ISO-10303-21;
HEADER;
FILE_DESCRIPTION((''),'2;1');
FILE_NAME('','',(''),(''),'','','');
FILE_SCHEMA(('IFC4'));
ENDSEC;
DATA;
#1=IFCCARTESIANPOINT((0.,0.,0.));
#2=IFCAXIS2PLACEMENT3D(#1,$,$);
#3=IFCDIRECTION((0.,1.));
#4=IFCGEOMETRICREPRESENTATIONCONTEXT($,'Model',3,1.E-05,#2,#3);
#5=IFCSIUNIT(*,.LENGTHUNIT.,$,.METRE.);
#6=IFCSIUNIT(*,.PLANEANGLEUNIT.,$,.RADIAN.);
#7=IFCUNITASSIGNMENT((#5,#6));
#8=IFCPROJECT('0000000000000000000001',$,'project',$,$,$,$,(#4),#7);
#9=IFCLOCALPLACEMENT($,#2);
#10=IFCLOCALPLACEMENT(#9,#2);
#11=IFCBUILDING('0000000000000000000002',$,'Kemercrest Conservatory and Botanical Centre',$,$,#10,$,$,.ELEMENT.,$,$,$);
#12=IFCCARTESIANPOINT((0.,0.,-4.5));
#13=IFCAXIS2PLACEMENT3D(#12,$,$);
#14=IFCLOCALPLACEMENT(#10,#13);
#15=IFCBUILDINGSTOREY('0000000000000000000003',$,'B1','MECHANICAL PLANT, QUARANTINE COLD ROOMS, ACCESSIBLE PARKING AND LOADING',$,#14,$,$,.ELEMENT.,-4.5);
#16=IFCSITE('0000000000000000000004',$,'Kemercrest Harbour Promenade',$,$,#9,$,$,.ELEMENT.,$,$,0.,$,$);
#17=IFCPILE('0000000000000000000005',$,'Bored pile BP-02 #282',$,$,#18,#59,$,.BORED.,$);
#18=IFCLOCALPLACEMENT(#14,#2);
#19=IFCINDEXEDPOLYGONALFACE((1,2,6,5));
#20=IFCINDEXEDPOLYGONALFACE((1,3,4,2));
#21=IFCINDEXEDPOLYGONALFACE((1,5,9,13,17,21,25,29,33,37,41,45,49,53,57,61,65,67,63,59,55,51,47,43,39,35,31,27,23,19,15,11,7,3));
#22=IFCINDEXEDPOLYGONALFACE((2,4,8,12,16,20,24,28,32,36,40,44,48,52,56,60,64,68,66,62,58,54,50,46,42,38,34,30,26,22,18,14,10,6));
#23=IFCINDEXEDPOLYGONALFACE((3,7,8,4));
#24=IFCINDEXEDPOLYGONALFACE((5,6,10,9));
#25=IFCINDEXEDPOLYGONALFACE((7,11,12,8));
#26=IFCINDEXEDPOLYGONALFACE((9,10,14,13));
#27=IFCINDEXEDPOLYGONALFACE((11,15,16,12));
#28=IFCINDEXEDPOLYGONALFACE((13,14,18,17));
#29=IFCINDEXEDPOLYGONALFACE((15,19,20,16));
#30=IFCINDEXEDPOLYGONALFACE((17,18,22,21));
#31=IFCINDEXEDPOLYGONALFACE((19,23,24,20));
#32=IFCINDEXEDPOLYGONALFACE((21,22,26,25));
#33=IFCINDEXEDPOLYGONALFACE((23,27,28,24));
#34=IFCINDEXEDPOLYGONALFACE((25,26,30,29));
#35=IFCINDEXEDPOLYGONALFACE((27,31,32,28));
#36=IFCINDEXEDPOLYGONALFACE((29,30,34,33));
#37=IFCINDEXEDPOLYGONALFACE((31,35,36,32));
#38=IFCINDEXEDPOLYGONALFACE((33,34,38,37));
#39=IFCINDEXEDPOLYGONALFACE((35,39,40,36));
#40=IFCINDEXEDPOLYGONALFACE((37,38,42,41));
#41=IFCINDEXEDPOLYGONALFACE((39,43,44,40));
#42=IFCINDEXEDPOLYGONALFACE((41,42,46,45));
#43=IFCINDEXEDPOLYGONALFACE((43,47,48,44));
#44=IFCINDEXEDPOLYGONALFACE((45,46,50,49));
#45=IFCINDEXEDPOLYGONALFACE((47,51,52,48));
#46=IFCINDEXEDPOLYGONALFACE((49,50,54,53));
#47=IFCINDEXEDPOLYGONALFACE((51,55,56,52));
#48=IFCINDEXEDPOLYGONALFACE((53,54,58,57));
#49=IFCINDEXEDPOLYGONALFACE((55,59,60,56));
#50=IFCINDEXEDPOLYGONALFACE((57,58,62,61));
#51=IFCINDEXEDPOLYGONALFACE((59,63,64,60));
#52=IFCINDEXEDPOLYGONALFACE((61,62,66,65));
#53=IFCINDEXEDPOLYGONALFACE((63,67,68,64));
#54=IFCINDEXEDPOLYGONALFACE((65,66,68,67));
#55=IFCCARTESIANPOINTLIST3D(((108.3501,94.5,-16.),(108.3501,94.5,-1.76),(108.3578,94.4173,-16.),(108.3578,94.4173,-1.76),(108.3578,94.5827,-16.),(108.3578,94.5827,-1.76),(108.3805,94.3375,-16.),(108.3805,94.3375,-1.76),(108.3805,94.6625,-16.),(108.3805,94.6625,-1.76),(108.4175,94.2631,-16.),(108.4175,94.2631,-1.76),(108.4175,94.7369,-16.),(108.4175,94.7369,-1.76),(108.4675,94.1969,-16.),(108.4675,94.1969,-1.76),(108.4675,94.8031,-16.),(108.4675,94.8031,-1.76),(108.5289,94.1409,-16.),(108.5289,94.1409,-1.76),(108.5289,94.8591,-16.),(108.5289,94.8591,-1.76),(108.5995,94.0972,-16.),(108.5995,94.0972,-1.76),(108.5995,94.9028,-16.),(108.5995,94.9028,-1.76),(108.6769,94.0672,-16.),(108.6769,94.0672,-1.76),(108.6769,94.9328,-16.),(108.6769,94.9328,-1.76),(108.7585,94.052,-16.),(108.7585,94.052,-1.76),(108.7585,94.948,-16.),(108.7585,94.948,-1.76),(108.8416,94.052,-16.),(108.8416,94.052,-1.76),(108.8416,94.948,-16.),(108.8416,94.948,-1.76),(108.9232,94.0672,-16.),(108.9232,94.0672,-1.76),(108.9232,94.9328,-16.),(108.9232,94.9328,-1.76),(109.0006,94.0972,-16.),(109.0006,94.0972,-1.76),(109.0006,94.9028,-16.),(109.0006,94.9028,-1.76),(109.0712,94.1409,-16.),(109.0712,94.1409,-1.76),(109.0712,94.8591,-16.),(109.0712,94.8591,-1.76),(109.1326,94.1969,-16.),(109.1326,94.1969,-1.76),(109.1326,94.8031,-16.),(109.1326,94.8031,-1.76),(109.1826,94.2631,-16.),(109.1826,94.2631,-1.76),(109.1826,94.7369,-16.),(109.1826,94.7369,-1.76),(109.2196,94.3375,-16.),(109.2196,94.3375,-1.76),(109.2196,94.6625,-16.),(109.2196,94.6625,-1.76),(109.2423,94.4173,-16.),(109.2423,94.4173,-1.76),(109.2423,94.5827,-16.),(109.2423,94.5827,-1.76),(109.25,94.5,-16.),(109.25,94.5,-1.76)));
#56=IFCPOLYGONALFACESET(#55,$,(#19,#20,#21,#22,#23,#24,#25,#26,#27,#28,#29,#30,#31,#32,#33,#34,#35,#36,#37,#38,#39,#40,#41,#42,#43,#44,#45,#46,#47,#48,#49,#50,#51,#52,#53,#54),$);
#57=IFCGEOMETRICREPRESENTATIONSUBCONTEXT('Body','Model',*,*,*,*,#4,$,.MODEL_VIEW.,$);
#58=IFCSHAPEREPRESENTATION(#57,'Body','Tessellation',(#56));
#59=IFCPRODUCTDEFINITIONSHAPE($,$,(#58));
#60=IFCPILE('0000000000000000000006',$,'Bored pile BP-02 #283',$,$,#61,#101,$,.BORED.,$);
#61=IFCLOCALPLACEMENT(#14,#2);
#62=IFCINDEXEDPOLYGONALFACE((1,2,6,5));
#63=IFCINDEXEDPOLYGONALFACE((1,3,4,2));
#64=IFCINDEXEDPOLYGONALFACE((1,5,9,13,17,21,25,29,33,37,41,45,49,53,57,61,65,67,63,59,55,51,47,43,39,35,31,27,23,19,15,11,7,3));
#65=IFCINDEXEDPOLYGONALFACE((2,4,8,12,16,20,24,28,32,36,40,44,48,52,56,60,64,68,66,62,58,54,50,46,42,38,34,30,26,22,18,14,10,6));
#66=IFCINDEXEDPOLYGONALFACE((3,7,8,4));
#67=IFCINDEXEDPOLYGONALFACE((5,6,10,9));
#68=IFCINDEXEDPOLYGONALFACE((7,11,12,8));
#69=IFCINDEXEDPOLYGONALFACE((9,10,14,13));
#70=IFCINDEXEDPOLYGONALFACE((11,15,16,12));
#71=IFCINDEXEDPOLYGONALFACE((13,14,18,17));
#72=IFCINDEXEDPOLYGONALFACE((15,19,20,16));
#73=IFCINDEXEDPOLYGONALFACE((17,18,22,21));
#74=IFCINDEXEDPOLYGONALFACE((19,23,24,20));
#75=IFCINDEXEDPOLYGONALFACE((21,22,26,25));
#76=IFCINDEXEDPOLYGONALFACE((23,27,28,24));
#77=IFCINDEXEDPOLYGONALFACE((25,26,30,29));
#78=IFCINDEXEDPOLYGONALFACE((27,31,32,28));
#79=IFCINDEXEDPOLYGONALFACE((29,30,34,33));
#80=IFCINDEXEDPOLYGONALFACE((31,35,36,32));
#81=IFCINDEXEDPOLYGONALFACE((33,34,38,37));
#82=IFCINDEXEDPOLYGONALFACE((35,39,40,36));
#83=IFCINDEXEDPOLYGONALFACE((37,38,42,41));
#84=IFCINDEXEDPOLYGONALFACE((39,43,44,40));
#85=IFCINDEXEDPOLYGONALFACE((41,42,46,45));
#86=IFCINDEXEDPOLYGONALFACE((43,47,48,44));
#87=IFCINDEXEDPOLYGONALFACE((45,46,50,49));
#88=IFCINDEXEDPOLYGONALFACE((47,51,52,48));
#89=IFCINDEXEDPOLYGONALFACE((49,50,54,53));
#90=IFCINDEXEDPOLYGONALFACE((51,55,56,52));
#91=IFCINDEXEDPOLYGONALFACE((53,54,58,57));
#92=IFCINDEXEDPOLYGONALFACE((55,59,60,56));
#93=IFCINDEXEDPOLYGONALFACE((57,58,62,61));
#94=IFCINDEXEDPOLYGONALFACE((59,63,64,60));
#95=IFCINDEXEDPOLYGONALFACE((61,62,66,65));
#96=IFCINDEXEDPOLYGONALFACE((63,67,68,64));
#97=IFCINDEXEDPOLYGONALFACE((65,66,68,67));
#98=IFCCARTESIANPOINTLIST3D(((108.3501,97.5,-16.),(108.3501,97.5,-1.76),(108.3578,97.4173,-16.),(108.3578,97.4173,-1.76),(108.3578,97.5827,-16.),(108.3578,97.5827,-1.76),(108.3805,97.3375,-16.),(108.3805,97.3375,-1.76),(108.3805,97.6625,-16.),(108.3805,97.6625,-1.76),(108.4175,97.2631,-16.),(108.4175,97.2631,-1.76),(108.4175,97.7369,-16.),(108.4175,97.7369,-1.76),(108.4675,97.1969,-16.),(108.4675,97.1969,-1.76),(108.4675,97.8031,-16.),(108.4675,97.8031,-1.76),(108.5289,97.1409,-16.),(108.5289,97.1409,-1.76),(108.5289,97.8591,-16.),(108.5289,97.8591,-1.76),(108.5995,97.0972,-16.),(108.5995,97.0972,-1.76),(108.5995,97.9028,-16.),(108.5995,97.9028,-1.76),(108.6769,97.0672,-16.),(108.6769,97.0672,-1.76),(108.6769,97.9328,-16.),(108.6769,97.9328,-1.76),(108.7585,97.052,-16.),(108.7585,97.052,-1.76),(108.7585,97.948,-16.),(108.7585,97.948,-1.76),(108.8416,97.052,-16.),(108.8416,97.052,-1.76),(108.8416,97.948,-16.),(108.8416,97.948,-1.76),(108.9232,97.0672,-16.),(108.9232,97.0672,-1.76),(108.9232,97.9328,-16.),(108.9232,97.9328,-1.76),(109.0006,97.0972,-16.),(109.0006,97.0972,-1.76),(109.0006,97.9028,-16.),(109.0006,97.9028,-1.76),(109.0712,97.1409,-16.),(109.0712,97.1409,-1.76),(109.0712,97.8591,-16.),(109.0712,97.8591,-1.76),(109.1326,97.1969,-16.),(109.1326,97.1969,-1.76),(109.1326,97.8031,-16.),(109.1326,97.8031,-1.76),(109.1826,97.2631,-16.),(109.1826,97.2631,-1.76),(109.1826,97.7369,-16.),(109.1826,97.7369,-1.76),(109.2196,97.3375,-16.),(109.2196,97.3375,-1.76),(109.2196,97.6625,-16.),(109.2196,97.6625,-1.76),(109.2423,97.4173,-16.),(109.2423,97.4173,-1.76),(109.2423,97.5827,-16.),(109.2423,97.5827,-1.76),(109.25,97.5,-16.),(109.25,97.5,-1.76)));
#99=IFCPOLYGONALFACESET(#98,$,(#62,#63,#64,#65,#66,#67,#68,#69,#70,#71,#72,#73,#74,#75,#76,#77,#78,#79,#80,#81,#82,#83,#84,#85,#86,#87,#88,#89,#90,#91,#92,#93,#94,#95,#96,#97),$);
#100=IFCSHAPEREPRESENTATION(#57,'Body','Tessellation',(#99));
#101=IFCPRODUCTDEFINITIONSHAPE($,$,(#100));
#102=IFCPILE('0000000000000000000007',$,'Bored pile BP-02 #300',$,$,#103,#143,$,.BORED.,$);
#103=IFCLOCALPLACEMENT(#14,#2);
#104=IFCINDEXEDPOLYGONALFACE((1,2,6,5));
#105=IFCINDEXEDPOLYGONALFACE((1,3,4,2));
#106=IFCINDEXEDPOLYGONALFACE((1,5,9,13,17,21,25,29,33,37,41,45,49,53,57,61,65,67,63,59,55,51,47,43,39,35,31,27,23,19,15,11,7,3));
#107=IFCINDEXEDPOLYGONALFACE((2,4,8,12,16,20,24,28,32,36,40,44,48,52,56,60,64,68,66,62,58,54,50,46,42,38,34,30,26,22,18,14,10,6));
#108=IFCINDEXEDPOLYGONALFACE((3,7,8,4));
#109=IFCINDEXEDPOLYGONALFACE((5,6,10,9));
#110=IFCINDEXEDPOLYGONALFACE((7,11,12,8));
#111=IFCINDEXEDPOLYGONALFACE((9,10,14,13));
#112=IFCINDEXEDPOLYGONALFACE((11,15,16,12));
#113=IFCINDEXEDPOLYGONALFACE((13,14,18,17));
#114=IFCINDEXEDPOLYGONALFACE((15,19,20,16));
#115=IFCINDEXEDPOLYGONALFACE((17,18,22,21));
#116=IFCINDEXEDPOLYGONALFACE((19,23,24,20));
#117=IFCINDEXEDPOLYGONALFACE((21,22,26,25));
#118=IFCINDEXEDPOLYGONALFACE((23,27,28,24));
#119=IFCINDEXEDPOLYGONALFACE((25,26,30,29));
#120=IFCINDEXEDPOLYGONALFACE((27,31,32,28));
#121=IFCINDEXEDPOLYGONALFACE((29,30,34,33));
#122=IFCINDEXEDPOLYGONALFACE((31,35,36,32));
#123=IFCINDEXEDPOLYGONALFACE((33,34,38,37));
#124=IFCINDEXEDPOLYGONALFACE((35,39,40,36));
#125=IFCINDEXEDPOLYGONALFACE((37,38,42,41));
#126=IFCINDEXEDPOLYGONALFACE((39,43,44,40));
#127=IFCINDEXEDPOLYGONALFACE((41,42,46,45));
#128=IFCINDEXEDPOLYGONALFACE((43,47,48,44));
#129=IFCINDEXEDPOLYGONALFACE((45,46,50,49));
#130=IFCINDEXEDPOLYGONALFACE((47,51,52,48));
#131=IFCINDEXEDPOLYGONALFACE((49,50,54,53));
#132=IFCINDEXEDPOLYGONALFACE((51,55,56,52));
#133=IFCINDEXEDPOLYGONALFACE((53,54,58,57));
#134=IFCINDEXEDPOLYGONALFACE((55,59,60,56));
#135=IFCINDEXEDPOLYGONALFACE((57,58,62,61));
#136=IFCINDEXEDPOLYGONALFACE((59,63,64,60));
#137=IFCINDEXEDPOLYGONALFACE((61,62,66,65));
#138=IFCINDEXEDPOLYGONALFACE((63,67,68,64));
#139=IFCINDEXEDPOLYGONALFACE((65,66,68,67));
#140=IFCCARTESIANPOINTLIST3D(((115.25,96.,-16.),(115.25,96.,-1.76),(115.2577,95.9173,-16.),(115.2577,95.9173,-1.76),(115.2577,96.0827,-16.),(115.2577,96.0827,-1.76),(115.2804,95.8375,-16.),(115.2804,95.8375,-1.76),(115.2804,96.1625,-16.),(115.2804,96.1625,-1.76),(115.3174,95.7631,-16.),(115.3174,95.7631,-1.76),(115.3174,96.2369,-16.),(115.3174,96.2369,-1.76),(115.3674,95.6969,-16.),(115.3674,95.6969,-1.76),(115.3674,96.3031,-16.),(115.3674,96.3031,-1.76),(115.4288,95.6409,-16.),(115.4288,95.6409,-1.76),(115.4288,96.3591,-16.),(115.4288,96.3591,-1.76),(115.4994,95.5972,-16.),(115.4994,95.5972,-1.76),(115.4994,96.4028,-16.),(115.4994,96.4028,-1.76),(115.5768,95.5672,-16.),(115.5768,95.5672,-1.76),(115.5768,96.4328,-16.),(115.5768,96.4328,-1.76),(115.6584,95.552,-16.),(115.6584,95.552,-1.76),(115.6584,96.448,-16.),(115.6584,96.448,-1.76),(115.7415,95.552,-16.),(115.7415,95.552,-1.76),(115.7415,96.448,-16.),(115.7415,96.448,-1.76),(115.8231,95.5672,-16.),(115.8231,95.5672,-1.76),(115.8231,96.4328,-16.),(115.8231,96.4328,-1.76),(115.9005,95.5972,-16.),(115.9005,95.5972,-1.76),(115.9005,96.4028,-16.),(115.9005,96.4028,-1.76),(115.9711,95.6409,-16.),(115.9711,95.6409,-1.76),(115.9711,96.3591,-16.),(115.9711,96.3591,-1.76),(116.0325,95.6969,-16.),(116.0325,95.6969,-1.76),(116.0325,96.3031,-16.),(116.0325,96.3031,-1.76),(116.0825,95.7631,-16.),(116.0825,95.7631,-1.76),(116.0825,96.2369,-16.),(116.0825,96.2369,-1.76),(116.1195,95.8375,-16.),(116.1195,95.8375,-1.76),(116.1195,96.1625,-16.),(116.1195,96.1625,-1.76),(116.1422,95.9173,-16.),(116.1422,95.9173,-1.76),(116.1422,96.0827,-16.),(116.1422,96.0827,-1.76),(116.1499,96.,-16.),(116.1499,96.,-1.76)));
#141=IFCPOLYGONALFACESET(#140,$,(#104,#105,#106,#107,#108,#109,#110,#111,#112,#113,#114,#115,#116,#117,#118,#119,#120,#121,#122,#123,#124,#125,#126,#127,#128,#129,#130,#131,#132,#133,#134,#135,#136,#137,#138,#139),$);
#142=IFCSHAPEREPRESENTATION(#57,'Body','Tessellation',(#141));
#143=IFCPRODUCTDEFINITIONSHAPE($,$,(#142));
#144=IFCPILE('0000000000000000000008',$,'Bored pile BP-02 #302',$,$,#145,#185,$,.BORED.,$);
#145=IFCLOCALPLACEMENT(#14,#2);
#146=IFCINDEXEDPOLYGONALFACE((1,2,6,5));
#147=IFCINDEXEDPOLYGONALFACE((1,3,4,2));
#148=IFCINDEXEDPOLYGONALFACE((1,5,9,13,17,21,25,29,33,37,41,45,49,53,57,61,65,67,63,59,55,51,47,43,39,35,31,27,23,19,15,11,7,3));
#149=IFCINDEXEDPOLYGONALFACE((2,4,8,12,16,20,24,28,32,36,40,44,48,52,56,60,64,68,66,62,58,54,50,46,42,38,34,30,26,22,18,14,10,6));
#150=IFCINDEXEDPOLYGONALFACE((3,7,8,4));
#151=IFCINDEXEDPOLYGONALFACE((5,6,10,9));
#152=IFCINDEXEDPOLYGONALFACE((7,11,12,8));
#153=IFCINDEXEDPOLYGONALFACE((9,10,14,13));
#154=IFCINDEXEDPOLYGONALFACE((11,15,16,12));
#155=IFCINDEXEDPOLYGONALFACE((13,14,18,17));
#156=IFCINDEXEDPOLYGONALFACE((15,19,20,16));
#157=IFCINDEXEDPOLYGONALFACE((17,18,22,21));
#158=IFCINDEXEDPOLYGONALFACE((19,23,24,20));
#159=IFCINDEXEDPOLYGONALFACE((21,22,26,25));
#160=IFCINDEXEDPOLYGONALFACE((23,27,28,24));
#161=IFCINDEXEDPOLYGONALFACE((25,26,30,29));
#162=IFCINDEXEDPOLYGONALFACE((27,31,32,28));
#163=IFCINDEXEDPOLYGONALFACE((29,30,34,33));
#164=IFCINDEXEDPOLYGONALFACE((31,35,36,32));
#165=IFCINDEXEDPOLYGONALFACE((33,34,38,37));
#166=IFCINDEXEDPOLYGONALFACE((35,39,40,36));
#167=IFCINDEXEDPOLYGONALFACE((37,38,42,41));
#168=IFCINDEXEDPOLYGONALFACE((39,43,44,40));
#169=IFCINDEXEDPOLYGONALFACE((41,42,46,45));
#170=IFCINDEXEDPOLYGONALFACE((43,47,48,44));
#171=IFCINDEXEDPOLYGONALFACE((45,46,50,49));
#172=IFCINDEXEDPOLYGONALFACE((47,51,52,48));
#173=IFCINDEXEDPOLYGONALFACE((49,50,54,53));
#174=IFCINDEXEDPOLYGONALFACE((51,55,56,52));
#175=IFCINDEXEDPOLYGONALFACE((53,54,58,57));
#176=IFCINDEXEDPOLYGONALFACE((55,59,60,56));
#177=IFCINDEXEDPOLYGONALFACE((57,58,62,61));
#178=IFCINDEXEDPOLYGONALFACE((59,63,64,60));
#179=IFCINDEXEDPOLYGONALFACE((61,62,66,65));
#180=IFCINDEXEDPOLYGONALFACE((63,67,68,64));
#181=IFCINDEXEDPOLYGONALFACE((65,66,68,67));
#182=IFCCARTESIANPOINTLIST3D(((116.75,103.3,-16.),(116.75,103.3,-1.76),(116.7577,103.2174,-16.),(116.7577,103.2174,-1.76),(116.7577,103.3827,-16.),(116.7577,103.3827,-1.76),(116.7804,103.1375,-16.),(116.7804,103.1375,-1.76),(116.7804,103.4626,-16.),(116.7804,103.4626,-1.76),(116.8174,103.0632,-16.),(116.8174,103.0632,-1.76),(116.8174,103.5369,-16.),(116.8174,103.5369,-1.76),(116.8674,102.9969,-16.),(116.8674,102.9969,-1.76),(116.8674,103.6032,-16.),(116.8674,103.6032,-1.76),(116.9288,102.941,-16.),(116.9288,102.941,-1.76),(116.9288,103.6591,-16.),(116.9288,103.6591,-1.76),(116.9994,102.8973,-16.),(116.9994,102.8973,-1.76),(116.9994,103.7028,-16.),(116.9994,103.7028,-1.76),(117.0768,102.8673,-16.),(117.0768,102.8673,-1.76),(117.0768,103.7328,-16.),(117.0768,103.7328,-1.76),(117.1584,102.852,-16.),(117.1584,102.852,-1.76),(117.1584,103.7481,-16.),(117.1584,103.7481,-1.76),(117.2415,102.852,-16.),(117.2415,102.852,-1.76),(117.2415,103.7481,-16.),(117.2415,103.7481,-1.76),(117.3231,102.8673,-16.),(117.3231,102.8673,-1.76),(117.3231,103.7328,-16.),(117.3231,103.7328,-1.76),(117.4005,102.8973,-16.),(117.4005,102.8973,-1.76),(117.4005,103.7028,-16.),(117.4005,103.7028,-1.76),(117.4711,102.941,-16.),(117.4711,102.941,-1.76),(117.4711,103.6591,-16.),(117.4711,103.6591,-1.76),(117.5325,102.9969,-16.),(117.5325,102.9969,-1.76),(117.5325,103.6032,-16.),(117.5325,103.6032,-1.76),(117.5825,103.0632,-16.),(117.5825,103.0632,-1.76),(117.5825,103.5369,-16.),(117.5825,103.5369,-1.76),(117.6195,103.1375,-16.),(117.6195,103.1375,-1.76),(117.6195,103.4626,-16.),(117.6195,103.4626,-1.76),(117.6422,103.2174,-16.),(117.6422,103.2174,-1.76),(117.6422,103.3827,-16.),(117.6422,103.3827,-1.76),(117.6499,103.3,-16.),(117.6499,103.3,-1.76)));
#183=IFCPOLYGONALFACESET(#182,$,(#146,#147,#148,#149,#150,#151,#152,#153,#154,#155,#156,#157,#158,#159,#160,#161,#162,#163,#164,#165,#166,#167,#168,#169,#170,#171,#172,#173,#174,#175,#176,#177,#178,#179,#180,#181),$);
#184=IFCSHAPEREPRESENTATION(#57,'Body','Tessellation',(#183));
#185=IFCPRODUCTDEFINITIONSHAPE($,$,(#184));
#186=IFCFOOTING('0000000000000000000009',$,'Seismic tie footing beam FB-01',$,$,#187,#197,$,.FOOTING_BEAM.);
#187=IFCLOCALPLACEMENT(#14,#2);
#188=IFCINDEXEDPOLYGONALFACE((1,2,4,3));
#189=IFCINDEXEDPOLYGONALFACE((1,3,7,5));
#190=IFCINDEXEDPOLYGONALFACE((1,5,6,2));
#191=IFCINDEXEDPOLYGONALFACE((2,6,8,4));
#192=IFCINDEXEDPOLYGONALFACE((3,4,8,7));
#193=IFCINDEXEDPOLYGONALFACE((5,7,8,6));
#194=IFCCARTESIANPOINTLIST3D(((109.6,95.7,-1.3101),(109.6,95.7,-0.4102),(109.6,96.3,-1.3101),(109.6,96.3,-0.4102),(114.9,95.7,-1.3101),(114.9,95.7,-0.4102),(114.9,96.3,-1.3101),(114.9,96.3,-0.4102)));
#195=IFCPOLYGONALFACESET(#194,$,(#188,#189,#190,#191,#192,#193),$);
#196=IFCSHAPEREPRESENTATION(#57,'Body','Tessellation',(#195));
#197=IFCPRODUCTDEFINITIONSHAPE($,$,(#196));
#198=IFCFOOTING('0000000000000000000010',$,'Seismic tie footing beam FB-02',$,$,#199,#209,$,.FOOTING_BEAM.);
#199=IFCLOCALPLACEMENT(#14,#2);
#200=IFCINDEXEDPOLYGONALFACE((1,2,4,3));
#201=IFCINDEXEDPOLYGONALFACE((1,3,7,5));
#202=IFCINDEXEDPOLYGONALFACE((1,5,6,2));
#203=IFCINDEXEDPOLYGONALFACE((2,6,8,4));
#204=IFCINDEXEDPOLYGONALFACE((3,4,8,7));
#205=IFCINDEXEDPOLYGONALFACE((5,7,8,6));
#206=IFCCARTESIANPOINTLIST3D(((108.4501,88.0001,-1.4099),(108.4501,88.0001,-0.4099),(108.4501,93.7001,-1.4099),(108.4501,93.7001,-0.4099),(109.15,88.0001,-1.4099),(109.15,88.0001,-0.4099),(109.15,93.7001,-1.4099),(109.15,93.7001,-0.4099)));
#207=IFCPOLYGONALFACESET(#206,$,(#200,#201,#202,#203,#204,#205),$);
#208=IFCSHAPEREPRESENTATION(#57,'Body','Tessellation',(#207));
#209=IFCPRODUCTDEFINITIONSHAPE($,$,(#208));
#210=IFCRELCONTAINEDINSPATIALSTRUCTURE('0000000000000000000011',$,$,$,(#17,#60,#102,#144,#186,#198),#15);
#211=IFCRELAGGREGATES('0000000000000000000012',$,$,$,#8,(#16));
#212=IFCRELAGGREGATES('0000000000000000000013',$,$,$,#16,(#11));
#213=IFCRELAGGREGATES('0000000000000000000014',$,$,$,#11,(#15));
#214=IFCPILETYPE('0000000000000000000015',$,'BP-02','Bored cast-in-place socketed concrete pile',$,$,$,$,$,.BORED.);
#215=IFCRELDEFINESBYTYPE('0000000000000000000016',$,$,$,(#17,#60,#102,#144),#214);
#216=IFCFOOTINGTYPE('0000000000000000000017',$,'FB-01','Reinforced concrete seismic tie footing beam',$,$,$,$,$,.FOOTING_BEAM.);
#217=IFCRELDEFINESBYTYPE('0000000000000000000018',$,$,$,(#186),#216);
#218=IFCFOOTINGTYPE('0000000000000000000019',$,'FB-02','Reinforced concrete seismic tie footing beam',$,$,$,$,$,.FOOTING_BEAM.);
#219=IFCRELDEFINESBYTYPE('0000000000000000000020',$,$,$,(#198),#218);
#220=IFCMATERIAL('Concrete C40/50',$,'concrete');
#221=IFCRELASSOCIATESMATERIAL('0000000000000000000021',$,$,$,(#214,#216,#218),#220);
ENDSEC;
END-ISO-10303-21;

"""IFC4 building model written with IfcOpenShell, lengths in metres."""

from ifc_helpers import new_model, si_unit, direction, frame, origin, origin_2d, place, context, subcontext, project, spatial, rectangle, circle, extrude, material, material_profile, profile_set, type_object, element, save


model = new_model("IFC4")

# Units and contexts
model_context = context("Model", 3, precision=1e-05, world=origin(), true_north=direction((0.0, 1.0)))
body_context = subcontext(model_context, "Body", "Model", "MODEL_VIEW")
ifc_project = project(units=[si_unit("LENGTHUNIT", "METRE"), si_unit("PLANEANGLEUNIT", "RADIAN")], contexts=[model_context])

# Site, building, storey
site_placement = place(None, origin())
site = spatial("IfcSite", under=ifc_project, at=site_placement, Name="Kemercrest Harbour Promenade", CompositionType="ELEMENT", RefElevation=0.0)
building_placement = place(site_placement, origin())
building = spatial("IfcBuilding", under=site, at=building_placement, Name="Kemercrest Conservatory and Botanical Centre", CompositionType="ELEMENT")
storey_placement = place(building_placement, frame((0.0, 0.0, -4.5)))
storey = spatial("IfcBuildingStorey", under=building, at=storey_placement, Name="B1", Description="MECHANICAL PLANT, QUARANTINE COLD ROOMS, ACCESSIBLE PARKING AND LOADING", CompositionType="ELEMENT", Elevation=-4.5)

# Piles
ifc_material_1 = material(Name="Concrete C40/50", Category="concrete")
ifc_material_profile_1 = material_profile(ifc_material_1, circle(Radius=0.45, at=origin_2d()), Name="BORED PILE 900")
ifc_profile_set_1 = profile_set([ifc_material_profile_1], Name="Concrete C40/50")
pile_type_1 = type_object("IfcPileType", Name="BP-02", Description="Bored cast-in-place socketed concrete pile", PredefinedType="BORED", material=ifc_profile_set_1)
for number, where, z_axis, x_axis, name in (
    (1, (108.8, 94.5, -1.76), (0.0, 0.0, -1.0), (1.0, 0.0, 0.0), "Bored pile BP-02 #282"),
    (2, (108.8, 97.5, -1.76), (0.0, 0.0, -1.0), (1.0, 0.0, 0.0), "Bored pile BP-02 #283"),
    (3, (115.7, 96.0, -1.76), (0.0, 0.0, -1.0), (1.0, 0.0, 0.0), "Bored pile BP-02 #300"),
    (4, (117.2, 103.3, -1.76), (0.0, 0.0, -1.0), (1.0, 0.0, 0.0), "Bored pile BP-02 #302"),
):
    element("IfcPile", number, at=place(storey_placement, frame(where, z_axis=z_axis, x_axis=x_axis)), inside=storey, type_object=pile_type_1, Name=name, PredefinedType="BORED", context=body_context, shape_type="SweptSolid", body=[
        extrude(circle(Radius=0.45, at=origin_2d()), origin(), (0.0, 0.0, 1.0), 14.24),
    ])

# Footings
footing_type_1 = type_object("IfcFootingType", Name="FB-01", Description="Reinforced concrete seismic tie footing beam", PredefinedType="FOOTING_BEAM", material=ifc_material_1)
footing_1_placement = place(storey_placement, frame((112.25, 96.0, -1.3101), z_axis=(0.0, 0.0, 1.0), x_axis=(1.0, 0.0, 0.0)))
element("IfcFooting", 5, at=footing_1_placement, inside=storey, type_object=footing_type_1, Name="Seismic tie footing beam FB-01", PredefinedType="FOOTING_BEAM", context=body_context, shape_type="SweptSolid", body=[
    extrude(rectangle(XDim=5.3, YDim=0.6001, at=origin_2d()), origin(), (0.0, 0.0, 1.0), 0.8999),
])
footing_type_2 = type_object("IfcFootingType", Name="FB-02", Description="Reinforced concrete seismic tie footing beam", PredefinedType="FOOTING_BEAM", material=ifc_material_1)
footing_2_placement = place(storey_placement, frame((108.8, 90.8501, -1.4099), z_axis=(0.0, 0.0, 1.0), x_axis=(1.0, 0.0, 0.0)))
element("IfcFooting", 6, at=footing_2_placement, inside=storey, type_object=footing_type_2, Name="Seismic tie footing beam FB-02", PredefinedType="FOOTING_BEAM", context=body_context, shape_type="SweptSolid", body=[
    extrude(rectangle(XDim=0.7, YDim=5.7, at=origin_2d()), origin(), (0.0, 0.0, 1.0), 1.0),
])

save(model, "model.ifc")
